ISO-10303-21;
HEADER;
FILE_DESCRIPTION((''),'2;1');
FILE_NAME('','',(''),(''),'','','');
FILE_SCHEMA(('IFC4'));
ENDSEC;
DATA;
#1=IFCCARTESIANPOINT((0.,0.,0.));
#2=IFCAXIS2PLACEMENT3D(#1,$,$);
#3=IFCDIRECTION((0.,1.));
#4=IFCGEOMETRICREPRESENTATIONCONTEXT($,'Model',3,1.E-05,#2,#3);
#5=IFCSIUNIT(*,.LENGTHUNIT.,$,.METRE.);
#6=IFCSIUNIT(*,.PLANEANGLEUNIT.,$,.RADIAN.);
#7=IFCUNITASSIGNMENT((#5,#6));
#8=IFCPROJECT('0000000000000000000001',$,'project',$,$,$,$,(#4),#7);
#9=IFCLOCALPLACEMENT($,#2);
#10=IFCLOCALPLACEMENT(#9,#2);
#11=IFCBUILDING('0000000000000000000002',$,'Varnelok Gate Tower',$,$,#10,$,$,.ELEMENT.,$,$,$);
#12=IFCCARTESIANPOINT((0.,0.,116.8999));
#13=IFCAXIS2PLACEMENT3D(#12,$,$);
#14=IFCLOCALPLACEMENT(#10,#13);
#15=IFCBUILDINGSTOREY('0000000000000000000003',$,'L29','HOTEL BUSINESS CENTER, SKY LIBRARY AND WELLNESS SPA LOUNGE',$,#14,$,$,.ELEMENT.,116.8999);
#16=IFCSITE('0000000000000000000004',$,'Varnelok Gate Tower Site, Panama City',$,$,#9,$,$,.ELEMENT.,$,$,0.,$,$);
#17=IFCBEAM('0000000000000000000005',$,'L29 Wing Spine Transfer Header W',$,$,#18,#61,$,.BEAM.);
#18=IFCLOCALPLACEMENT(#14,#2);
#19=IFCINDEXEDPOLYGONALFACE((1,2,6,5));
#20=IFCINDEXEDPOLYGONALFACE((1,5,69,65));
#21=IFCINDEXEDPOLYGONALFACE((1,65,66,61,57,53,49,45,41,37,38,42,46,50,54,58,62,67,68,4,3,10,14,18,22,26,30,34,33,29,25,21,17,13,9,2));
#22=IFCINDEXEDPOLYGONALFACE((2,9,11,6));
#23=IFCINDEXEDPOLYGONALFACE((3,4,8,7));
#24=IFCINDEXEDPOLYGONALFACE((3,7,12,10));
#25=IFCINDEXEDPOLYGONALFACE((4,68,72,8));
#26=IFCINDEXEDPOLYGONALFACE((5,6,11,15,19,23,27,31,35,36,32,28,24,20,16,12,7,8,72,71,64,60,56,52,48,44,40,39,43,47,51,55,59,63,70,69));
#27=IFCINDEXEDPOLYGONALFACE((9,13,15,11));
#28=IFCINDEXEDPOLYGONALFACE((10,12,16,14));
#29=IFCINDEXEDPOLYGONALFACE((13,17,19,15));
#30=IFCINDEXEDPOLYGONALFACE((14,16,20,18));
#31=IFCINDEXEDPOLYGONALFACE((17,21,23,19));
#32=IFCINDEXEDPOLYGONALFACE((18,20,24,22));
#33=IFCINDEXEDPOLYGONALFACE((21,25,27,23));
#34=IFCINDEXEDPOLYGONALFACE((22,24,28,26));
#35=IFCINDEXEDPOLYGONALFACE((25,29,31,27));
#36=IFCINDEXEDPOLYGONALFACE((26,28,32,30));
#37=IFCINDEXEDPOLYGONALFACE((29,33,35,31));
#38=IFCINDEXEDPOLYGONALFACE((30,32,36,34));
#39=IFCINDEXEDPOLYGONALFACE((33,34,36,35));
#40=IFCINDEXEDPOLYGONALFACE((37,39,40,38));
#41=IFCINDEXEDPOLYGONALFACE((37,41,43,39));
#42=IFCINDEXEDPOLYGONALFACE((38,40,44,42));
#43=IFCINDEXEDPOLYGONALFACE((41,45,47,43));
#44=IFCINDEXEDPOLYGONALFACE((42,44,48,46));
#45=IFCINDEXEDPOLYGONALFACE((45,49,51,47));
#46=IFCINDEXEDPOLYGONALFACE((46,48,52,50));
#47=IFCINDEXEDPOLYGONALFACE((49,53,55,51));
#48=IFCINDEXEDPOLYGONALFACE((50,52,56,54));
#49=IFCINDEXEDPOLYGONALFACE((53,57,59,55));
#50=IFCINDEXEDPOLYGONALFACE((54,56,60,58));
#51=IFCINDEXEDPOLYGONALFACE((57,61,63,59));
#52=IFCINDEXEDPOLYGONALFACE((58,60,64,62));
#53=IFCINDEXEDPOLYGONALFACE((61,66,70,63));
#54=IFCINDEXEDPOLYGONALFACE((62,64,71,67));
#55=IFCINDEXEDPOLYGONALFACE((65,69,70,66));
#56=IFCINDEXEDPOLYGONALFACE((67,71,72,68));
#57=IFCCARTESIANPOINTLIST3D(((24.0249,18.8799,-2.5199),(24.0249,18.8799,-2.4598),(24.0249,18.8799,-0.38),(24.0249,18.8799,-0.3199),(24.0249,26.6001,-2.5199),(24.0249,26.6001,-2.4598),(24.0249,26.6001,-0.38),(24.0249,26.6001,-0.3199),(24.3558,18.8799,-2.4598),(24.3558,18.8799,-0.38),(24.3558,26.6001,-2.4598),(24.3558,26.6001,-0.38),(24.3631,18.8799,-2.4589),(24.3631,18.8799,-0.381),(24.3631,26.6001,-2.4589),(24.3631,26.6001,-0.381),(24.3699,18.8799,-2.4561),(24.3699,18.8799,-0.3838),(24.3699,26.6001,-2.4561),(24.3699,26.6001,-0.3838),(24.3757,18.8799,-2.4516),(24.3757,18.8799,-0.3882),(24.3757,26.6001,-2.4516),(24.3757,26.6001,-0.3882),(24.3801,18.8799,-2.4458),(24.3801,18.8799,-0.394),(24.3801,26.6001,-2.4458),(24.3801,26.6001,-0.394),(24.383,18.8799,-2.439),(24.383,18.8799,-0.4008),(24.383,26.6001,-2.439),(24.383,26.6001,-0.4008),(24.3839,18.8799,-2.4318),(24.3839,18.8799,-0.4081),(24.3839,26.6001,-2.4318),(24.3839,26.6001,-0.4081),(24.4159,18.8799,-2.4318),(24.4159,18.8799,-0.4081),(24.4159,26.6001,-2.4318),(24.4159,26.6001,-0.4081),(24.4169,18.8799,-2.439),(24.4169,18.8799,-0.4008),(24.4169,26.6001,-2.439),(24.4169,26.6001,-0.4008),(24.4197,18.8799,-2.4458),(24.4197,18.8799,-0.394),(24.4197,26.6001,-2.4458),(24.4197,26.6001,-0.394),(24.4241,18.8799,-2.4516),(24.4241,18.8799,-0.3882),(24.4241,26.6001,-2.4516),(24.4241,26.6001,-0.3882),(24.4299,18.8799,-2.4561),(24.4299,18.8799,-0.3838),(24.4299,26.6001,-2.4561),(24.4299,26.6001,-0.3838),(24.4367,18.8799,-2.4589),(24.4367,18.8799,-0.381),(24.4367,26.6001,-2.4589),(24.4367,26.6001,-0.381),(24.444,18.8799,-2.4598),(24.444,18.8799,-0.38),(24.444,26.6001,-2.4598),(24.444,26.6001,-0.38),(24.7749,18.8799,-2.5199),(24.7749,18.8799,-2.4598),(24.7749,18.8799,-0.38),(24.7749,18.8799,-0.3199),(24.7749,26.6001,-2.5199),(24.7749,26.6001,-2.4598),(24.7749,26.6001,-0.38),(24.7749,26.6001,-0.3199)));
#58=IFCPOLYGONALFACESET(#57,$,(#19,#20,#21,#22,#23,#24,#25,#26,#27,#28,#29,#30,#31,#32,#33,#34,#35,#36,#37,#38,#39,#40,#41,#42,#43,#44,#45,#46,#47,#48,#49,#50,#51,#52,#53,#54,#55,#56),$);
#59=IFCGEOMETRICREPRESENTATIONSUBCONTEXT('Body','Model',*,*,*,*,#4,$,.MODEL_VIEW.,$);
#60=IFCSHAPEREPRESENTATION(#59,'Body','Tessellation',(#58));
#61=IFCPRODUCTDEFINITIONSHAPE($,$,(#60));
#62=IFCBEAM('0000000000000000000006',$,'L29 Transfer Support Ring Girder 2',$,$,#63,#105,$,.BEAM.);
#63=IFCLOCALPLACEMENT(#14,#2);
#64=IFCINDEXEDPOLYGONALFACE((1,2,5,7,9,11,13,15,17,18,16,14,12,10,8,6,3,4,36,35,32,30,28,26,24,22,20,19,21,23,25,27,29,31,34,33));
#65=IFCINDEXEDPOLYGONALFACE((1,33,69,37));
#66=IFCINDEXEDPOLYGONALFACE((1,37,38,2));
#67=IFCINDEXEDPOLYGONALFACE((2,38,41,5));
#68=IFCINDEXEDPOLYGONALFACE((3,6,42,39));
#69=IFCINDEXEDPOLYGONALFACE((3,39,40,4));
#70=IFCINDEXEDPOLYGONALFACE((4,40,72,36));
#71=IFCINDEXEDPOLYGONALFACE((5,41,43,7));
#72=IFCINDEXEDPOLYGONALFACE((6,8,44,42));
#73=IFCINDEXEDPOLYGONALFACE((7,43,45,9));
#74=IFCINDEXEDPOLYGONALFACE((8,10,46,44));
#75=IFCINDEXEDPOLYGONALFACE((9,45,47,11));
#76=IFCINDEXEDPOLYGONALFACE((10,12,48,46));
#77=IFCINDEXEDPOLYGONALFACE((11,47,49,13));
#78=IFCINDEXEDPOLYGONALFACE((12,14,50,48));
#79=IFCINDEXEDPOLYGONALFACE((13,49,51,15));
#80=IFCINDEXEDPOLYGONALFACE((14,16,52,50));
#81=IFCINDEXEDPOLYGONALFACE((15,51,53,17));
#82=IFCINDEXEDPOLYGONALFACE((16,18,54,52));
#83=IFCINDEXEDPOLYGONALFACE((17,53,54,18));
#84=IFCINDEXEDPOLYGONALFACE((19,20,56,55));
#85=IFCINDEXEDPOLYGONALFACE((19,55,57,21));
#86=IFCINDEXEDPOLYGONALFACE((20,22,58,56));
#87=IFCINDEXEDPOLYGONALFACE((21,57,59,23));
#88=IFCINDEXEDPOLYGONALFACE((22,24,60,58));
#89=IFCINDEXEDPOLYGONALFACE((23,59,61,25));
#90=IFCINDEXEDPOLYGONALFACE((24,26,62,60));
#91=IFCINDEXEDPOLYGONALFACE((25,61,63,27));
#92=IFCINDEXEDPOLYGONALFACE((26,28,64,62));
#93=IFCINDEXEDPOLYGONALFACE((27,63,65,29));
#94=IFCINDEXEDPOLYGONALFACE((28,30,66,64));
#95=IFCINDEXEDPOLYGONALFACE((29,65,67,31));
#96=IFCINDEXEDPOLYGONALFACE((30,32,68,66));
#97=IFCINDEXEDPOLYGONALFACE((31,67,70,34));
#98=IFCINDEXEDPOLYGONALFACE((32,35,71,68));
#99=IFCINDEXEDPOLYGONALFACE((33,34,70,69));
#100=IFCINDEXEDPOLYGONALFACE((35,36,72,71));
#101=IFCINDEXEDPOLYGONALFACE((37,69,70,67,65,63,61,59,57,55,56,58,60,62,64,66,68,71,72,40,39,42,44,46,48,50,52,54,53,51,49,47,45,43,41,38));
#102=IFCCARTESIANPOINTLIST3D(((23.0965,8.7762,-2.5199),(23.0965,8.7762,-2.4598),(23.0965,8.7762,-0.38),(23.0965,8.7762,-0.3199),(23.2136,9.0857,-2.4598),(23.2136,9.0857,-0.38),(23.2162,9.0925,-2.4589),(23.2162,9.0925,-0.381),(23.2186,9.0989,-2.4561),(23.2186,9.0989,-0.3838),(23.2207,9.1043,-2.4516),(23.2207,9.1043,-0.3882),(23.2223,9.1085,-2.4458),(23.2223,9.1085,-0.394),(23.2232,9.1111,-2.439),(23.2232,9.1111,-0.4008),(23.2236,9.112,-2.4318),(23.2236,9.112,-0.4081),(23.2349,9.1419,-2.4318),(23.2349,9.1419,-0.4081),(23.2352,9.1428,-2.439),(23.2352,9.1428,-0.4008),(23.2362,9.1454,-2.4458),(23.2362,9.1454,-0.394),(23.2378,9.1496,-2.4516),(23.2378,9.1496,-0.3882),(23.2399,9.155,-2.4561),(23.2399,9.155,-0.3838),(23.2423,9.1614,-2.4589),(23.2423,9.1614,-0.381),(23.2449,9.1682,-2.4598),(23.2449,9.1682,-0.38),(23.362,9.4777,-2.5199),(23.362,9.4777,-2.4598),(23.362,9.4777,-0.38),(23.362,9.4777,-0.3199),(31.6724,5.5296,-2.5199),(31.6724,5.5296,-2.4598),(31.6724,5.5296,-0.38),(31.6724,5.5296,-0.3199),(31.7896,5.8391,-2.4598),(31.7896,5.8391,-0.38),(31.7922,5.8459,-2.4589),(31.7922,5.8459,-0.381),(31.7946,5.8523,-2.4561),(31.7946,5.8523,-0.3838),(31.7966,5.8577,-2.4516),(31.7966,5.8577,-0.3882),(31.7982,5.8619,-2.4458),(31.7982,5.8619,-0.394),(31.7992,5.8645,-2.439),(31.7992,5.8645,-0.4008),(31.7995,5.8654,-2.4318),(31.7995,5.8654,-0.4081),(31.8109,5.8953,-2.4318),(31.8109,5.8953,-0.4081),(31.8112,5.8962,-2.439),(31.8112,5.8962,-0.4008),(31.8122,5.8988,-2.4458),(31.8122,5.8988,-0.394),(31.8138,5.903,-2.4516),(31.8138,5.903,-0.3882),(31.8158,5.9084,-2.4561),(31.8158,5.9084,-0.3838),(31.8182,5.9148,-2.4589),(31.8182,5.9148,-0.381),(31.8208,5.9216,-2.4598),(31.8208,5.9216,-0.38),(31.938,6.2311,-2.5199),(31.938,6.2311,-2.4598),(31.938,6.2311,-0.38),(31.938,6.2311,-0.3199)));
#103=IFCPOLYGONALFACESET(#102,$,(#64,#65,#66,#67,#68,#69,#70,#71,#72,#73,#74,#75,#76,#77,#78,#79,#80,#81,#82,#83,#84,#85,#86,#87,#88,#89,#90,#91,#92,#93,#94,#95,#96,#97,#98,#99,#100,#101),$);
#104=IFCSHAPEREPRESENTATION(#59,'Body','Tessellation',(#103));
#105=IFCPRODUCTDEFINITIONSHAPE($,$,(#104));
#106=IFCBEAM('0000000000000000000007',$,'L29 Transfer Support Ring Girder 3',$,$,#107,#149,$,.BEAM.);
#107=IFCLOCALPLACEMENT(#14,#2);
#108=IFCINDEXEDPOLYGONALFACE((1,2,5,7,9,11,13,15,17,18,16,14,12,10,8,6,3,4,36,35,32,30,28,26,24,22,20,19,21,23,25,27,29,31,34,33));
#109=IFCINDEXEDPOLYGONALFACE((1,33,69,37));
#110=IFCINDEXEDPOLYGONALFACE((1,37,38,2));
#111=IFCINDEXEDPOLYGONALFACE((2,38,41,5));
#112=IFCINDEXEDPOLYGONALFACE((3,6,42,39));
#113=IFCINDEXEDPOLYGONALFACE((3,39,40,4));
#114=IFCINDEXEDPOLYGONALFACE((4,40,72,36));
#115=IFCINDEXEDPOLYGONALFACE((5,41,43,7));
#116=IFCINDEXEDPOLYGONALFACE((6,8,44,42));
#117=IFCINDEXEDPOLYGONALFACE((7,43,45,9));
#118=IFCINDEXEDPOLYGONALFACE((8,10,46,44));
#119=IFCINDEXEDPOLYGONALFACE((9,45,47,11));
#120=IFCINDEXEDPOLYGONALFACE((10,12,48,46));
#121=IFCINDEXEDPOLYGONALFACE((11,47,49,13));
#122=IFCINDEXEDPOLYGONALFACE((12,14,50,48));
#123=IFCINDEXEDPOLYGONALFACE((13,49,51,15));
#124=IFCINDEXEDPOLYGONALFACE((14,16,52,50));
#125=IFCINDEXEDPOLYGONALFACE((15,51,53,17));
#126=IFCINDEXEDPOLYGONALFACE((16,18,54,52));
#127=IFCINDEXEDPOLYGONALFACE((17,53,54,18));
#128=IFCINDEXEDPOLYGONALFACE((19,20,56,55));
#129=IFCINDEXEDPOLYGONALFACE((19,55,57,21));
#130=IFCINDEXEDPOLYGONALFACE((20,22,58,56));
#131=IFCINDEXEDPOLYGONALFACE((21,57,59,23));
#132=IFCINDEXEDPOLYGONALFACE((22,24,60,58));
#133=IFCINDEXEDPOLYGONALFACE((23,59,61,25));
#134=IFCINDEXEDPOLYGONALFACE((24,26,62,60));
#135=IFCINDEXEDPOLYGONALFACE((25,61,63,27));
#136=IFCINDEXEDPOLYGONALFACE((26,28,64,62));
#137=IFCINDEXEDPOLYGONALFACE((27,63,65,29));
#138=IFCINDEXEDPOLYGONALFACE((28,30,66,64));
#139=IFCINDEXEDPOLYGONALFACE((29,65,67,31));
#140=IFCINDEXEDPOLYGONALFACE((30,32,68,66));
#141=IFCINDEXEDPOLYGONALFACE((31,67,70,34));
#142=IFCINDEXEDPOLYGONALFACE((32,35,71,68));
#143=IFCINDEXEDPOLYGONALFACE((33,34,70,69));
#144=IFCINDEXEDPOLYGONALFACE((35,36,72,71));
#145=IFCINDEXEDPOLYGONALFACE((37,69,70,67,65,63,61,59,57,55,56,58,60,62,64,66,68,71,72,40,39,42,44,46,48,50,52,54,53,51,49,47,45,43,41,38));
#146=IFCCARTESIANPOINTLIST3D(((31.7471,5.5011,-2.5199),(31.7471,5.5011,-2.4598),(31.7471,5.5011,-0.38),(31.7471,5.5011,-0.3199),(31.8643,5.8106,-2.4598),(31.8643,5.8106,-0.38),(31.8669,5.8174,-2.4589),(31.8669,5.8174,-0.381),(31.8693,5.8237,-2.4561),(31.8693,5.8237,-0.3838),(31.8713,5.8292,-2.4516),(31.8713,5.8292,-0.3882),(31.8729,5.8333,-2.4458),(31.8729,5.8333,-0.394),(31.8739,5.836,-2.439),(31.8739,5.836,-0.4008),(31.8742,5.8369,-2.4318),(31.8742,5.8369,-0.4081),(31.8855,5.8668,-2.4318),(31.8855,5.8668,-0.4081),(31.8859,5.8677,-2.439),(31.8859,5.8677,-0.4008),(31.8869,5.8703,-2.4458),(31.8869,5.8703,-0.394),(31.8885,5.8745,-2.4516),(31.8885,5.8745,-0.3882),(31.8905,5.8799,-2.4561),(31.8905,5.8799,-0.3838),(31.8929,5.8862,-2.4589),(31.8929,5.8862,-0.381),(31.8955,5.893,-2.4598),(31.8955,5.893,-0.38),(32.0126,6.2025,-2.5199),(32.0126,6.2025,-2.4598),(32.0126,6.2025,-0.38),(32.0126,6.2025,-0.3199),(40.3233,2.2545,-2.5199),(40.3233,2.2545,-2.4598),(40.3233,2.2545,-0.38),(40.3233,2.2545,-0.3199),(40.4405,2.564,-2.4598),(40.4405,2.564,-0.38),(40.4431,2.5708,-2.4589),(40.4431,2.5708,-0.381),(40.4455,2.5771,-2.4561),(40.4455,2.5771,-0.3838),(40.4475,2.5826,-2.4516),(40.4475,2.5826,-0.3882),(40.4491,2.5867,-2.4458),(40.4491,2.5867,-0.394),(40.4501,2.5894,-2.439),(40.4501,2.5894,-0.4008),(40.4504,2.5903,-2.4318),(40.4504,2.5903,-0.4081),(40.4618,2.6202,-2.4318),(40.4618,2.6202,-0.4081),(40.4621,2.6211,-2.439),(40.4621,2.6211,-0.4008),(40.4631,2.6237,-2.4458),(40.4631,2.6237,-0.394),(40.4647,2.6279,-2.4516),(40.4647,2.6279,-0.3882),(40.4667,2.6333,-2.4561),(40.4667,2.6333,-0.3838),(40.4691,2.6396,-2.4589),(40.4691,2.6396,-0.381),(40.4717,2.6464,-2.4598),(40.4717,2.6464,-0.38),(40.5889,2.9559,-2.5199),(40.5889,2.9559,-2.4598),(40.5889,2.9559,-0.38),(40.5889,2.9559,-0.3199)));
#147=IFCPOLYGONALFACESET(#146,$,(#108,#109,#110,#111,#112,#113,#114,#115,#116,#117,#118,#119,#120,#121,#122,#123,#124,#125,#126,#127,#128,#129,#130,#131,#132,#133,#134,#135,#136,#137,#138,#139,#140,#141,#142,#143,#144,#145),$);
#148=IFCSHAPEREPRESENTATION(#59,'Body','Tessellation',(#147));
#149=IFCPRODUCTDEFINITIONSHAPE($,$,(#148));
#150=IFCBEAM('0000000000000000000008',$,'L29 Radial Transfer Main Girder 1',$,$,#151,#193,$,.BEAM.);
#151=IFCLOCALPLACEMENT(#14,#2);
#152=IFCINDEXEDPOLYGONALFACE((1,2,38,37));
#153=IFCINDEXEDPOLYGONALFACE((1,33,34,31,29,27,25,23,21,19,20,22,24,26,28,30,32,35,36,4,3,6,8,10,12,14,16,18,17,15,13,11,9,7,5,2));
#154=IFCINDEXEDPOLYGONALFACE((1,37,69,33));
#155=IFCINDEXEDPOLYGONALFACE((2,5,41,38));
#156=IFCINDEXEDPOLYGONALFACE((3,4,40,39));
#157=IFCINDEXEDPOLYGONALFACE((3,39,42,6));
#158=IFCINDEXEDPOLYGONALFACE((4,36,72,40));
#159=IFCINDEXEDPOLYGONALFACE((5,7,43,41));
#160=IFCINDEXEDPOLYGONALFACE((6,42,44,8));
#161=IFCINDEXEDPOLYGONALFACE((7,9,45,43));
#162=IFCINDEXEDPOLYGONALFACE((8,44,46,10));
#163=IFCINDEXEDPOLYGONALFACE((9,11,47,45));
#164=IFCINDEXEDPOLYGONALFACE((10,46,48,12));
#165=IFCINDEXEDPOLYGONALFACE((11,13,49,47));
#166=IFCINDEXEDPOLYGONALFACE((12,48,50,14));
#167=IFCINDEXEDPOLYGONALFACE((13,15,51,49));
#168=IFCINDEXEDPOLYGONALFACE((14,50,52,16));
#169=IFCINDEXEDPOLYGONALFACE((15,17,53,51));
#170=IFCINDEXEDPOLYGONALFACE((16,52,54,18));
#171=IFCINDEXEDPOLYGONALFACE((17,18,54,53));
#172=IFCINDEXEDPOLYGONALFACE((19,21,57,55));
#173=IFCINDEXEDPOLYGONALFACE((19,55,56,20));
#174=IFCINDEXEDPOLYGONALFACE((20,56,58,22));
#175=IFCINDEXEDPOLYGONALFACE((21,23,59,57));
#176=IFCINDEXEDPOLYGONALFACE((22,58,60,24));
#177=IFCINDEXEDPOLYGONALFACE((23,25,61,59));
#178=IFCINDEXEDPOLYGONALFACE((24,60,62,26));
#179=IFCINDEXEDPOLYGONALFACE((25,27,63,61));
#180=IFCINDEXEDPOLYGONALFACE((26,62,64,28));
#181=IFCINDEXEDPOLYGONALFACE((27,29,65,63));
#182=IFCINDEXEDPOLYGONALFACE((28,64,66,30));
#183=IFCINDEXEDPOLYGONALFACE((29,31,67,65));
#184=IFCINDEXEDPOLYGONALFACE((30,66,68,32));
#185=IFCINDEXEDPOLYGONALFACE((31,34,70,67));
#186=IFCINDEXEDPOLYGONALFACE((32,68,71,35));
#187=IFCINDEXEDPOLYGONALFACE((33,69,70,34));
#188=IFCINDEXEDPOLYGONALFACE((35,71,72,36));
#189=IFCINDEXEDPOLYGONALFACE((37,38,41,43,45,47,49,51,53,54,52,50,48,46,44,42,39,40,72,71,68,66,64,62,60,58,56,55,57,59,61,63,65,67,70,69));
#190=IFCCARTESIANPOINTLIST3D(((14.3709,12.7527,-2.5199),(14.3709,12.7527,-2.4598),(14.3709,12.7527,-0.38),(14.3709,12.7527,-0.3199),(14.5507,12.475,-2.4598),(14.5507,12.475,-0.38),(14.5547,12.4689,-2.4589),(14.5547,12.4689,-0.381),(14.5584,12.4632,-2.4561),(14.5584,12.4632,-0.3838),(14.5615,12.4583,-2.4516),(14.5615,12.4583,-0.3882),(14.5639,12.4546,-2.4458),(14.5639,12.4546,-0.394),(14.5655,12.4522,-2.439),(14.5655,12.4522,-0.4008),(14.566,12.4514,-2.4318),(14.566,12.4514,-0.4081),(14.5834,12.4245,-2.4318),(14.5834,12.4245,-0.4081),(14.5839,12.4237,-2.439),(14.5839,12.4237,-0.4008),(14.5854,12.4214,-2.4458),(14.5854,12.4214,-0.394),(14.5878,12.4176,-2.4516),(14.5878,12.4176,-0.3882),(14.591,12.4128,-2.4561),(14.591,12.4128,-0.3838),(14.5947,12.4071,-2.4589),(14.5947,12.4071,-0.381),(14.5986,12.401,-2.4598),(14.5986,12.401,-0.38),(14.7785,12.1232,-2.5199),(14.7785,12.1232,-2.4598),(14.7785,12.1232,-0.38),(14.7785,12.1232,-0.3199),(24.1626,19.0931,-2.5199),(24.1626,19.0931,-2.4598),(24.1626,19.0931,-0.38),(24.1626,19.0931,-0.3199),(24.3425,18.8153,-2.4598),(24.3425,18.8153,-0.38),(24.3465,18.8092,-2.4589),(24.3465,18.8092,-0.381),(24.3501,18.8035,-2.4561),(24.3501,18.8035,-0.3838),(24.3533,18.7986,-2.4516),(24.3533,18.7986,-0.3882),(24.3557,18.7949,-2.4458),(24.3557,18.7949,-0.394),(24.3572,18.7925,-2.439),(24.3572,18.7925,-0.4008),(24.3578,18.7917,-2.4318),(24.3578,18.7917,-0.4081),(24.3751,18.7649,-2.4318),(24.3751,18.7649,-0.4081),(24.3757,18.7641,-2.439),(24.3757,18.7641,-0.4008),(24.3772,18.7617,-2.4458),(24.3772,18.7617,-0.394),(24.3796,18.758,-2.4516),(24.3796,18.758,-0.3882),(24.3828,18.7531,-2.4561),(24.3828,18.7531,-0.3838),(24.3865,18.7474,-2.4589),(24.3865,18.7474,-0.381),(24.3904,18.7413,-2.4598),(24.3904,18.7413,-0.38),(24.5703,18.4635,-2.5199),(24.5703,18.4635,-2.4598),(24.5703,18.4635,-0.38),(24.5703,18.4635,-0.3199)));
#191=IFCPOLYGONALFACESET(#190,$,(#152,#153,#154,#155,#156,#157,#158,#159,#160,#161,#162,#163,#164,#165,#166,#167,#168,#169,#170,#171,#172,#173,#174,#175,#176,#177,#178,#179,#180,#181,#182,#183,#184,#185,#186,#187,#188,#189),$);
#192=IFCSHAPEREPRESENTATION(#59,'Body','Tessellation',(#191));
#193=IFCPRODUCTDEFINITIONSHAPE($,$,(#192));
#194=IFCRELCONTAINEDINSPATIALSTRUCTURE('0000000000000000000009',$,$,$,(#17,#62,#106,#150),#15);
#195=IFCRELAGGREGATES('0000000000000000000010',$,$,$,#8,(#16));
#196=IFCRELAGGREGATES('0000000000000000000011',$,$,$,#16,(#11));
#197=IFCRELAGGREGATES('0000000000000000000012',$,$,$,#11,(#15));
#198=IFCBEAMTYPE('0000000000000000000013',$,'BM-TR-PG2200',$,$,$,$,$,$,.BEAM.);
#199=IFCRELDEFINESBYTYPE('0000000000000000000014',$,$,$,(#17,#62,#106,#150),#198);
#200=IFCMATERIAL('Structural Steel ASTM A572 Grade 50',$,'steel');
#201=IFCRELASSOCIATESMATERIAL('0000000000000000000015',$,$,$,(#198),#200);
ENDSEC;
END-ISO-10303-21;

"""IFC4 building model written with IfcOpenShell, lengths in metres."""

from ifc_helpers import new_model, si_unit, direction, frame, origin, origin_2d, place, context, subcontext, project, spatial, i_section, extrude, material, material_profile, profile_set, type_object, element, save


model = new_model("IFC4")

# Units and contexts
model_context = context("Model", 3, precision=1e-05, world=origin(), true_north=direction((0.0, 1.0)))
body_context = subcontext(model_context, "Body", "Model", "MODEL_VIEW")
ifc_project = project(units=[si_unit("LENGTHUNIT", "METRE"), si_unit("PLANEANGLEUNIT", "RADIAN")], contexts=[model_context])

# Site, building, storey
site_placement = place(None, origin())
site = spatial("IfcSite", under=ifc_project, at=site_placement, Name="Varnelok Gate Tower Site, Panama City", CompositionType="ELEMENT", RefElevation=0.0)
building_placement = place(site_placement, origin())
building = spatial("IfcBuilding", under=site, at=building_placement, Name="Varnelok Gate Tower", CompositionType="ELEMENT")
storey_placement = place(building_placement, frame((0.0, 0.0, 116.8999)))
storey = spatial("IfcBuildingStorey", under=building, at=storey_placement, Name="L29", Description="HOTEL BUSINESS CENTER, SKY LIBRARY AND WELLNESS SPA LOUNGE", CompositionType="ELEMENT", Elevation=116.8999)

# Beams
ifc_material_1 = material(Name="Structural Steel ASTM A572 Grade 50", Category="steel")
ifc_material_profile_1 = material_profile(ifc_material_1, i_section(OverallWidth=0.75, OverallDepth=2.2, WebThickness=0.032, FlangeThickness=0.0601, FilletRadius=0.0281, at=origin_2d()), Name="PG2200X750")
ifc_profile_set_1 = profile_set([ifc_material_profile_1], Name="Structural Steel ASTM A572 Grade 50")
beam_type_1 = type_object("IfcBeamType", Name="BM-TR-PG2200", PredefinedType="BEAM", material=ifc_profile_set_1)
beam_1_placement = place(storey_placement, frame((24.3999, 18.8799, -1.4199), z_axis=(0.0, 1.0, 0.0), x_axis=(-1.0, 0.0, 0.0)))
element("IfcBeam", 1, at=beam_1_placement, inside=storey, type_object=beam_type_1, Name="L29 Wing Spine Transfer Header W", PredefinedType="BEAM", context=body_context, shape_type="SweptSolid", body=[
    extrude(i_section(OverallWidth=0.75, OverallDepth=2.2, WebThickness=0.032, FlangeThickness=0.0601, FilletRadius=0.0281, at=origin_2d()), origin(), (0.0, 0.0, 1.0), 7.7202),
])
beam_2_placement = place(storey_placement, frame((23.2292, 9.127, -1.4199), z_axis=(0.935227, -0.354048, 0.0), x_axis=(0.354048, 0.935227, 0.0)))
element("IfcBeam", 2, at=beam_2_placement, inside=storey, type_object=beam_type_1, Name="L29 Transfer Support Ring Girder 2", PredefinedType="BEAM", context=body_context, shape_type="SweptSolid", body=[
    extrude(i_section(OverallWidth=0.75, OverallDepth=2.2, WebThickness=0.032, FlangeThickness=0.0601, FilletRadius=0.0281, at=origin_2d()), origin(), (0.0, 0.0, 1.0), 9.1699),
])
beam_3_placement = place(storey_placement, frame((31.8799, 5.8518, -1.4199), z_axis=(0.935231, -0.354039, 0.0), x_axis=(0.354039, 0.935231, 0.0)))
element("IfcBeam", 3, at=beam_3_placement, inside=storey, type_object=beam_type_1, Name="L29 Transfer Support Ring Girder 3", PredefinedType="BEAM", context=body_context, shape_type="SweptSolid", body=[
    extrude(i_section(OverallWidth=0.75, OverallDepth=2.2, WebThickness=0.032, FlangeThickness=0.0601, FilletRadius=0.0281, at=origin_2d()), origin(), (0.0, 0.0, 1.0), 9.1702),
])
beam_4_placement = place(storey_placement, frame((24.3665, 18.7783, -1.4199), z_axis=(-0.839394, -0.543523, 0.0), x_axis=(0.543523, -0.839394, 0.0)))
element("IfcBeam", 4, at=beam_4_placement, inside=storey, type_object=beam_type_1, Name="L29 Radial Transfer Main Girder 1", PredefinedType="BEAM", context=body_context, shape_type="SweptSolid", body=[
    extrude(i_section(OverallWidth=0.75, OverallDepth=2.2, WebThickness=0.032, FlangeThickness=0.0601, FilletRadius=0.0281, at=origin_2d()), origin(), (0.0, 0.0, 1.0), 11.6653),
])

save(model, "model.ifc")
